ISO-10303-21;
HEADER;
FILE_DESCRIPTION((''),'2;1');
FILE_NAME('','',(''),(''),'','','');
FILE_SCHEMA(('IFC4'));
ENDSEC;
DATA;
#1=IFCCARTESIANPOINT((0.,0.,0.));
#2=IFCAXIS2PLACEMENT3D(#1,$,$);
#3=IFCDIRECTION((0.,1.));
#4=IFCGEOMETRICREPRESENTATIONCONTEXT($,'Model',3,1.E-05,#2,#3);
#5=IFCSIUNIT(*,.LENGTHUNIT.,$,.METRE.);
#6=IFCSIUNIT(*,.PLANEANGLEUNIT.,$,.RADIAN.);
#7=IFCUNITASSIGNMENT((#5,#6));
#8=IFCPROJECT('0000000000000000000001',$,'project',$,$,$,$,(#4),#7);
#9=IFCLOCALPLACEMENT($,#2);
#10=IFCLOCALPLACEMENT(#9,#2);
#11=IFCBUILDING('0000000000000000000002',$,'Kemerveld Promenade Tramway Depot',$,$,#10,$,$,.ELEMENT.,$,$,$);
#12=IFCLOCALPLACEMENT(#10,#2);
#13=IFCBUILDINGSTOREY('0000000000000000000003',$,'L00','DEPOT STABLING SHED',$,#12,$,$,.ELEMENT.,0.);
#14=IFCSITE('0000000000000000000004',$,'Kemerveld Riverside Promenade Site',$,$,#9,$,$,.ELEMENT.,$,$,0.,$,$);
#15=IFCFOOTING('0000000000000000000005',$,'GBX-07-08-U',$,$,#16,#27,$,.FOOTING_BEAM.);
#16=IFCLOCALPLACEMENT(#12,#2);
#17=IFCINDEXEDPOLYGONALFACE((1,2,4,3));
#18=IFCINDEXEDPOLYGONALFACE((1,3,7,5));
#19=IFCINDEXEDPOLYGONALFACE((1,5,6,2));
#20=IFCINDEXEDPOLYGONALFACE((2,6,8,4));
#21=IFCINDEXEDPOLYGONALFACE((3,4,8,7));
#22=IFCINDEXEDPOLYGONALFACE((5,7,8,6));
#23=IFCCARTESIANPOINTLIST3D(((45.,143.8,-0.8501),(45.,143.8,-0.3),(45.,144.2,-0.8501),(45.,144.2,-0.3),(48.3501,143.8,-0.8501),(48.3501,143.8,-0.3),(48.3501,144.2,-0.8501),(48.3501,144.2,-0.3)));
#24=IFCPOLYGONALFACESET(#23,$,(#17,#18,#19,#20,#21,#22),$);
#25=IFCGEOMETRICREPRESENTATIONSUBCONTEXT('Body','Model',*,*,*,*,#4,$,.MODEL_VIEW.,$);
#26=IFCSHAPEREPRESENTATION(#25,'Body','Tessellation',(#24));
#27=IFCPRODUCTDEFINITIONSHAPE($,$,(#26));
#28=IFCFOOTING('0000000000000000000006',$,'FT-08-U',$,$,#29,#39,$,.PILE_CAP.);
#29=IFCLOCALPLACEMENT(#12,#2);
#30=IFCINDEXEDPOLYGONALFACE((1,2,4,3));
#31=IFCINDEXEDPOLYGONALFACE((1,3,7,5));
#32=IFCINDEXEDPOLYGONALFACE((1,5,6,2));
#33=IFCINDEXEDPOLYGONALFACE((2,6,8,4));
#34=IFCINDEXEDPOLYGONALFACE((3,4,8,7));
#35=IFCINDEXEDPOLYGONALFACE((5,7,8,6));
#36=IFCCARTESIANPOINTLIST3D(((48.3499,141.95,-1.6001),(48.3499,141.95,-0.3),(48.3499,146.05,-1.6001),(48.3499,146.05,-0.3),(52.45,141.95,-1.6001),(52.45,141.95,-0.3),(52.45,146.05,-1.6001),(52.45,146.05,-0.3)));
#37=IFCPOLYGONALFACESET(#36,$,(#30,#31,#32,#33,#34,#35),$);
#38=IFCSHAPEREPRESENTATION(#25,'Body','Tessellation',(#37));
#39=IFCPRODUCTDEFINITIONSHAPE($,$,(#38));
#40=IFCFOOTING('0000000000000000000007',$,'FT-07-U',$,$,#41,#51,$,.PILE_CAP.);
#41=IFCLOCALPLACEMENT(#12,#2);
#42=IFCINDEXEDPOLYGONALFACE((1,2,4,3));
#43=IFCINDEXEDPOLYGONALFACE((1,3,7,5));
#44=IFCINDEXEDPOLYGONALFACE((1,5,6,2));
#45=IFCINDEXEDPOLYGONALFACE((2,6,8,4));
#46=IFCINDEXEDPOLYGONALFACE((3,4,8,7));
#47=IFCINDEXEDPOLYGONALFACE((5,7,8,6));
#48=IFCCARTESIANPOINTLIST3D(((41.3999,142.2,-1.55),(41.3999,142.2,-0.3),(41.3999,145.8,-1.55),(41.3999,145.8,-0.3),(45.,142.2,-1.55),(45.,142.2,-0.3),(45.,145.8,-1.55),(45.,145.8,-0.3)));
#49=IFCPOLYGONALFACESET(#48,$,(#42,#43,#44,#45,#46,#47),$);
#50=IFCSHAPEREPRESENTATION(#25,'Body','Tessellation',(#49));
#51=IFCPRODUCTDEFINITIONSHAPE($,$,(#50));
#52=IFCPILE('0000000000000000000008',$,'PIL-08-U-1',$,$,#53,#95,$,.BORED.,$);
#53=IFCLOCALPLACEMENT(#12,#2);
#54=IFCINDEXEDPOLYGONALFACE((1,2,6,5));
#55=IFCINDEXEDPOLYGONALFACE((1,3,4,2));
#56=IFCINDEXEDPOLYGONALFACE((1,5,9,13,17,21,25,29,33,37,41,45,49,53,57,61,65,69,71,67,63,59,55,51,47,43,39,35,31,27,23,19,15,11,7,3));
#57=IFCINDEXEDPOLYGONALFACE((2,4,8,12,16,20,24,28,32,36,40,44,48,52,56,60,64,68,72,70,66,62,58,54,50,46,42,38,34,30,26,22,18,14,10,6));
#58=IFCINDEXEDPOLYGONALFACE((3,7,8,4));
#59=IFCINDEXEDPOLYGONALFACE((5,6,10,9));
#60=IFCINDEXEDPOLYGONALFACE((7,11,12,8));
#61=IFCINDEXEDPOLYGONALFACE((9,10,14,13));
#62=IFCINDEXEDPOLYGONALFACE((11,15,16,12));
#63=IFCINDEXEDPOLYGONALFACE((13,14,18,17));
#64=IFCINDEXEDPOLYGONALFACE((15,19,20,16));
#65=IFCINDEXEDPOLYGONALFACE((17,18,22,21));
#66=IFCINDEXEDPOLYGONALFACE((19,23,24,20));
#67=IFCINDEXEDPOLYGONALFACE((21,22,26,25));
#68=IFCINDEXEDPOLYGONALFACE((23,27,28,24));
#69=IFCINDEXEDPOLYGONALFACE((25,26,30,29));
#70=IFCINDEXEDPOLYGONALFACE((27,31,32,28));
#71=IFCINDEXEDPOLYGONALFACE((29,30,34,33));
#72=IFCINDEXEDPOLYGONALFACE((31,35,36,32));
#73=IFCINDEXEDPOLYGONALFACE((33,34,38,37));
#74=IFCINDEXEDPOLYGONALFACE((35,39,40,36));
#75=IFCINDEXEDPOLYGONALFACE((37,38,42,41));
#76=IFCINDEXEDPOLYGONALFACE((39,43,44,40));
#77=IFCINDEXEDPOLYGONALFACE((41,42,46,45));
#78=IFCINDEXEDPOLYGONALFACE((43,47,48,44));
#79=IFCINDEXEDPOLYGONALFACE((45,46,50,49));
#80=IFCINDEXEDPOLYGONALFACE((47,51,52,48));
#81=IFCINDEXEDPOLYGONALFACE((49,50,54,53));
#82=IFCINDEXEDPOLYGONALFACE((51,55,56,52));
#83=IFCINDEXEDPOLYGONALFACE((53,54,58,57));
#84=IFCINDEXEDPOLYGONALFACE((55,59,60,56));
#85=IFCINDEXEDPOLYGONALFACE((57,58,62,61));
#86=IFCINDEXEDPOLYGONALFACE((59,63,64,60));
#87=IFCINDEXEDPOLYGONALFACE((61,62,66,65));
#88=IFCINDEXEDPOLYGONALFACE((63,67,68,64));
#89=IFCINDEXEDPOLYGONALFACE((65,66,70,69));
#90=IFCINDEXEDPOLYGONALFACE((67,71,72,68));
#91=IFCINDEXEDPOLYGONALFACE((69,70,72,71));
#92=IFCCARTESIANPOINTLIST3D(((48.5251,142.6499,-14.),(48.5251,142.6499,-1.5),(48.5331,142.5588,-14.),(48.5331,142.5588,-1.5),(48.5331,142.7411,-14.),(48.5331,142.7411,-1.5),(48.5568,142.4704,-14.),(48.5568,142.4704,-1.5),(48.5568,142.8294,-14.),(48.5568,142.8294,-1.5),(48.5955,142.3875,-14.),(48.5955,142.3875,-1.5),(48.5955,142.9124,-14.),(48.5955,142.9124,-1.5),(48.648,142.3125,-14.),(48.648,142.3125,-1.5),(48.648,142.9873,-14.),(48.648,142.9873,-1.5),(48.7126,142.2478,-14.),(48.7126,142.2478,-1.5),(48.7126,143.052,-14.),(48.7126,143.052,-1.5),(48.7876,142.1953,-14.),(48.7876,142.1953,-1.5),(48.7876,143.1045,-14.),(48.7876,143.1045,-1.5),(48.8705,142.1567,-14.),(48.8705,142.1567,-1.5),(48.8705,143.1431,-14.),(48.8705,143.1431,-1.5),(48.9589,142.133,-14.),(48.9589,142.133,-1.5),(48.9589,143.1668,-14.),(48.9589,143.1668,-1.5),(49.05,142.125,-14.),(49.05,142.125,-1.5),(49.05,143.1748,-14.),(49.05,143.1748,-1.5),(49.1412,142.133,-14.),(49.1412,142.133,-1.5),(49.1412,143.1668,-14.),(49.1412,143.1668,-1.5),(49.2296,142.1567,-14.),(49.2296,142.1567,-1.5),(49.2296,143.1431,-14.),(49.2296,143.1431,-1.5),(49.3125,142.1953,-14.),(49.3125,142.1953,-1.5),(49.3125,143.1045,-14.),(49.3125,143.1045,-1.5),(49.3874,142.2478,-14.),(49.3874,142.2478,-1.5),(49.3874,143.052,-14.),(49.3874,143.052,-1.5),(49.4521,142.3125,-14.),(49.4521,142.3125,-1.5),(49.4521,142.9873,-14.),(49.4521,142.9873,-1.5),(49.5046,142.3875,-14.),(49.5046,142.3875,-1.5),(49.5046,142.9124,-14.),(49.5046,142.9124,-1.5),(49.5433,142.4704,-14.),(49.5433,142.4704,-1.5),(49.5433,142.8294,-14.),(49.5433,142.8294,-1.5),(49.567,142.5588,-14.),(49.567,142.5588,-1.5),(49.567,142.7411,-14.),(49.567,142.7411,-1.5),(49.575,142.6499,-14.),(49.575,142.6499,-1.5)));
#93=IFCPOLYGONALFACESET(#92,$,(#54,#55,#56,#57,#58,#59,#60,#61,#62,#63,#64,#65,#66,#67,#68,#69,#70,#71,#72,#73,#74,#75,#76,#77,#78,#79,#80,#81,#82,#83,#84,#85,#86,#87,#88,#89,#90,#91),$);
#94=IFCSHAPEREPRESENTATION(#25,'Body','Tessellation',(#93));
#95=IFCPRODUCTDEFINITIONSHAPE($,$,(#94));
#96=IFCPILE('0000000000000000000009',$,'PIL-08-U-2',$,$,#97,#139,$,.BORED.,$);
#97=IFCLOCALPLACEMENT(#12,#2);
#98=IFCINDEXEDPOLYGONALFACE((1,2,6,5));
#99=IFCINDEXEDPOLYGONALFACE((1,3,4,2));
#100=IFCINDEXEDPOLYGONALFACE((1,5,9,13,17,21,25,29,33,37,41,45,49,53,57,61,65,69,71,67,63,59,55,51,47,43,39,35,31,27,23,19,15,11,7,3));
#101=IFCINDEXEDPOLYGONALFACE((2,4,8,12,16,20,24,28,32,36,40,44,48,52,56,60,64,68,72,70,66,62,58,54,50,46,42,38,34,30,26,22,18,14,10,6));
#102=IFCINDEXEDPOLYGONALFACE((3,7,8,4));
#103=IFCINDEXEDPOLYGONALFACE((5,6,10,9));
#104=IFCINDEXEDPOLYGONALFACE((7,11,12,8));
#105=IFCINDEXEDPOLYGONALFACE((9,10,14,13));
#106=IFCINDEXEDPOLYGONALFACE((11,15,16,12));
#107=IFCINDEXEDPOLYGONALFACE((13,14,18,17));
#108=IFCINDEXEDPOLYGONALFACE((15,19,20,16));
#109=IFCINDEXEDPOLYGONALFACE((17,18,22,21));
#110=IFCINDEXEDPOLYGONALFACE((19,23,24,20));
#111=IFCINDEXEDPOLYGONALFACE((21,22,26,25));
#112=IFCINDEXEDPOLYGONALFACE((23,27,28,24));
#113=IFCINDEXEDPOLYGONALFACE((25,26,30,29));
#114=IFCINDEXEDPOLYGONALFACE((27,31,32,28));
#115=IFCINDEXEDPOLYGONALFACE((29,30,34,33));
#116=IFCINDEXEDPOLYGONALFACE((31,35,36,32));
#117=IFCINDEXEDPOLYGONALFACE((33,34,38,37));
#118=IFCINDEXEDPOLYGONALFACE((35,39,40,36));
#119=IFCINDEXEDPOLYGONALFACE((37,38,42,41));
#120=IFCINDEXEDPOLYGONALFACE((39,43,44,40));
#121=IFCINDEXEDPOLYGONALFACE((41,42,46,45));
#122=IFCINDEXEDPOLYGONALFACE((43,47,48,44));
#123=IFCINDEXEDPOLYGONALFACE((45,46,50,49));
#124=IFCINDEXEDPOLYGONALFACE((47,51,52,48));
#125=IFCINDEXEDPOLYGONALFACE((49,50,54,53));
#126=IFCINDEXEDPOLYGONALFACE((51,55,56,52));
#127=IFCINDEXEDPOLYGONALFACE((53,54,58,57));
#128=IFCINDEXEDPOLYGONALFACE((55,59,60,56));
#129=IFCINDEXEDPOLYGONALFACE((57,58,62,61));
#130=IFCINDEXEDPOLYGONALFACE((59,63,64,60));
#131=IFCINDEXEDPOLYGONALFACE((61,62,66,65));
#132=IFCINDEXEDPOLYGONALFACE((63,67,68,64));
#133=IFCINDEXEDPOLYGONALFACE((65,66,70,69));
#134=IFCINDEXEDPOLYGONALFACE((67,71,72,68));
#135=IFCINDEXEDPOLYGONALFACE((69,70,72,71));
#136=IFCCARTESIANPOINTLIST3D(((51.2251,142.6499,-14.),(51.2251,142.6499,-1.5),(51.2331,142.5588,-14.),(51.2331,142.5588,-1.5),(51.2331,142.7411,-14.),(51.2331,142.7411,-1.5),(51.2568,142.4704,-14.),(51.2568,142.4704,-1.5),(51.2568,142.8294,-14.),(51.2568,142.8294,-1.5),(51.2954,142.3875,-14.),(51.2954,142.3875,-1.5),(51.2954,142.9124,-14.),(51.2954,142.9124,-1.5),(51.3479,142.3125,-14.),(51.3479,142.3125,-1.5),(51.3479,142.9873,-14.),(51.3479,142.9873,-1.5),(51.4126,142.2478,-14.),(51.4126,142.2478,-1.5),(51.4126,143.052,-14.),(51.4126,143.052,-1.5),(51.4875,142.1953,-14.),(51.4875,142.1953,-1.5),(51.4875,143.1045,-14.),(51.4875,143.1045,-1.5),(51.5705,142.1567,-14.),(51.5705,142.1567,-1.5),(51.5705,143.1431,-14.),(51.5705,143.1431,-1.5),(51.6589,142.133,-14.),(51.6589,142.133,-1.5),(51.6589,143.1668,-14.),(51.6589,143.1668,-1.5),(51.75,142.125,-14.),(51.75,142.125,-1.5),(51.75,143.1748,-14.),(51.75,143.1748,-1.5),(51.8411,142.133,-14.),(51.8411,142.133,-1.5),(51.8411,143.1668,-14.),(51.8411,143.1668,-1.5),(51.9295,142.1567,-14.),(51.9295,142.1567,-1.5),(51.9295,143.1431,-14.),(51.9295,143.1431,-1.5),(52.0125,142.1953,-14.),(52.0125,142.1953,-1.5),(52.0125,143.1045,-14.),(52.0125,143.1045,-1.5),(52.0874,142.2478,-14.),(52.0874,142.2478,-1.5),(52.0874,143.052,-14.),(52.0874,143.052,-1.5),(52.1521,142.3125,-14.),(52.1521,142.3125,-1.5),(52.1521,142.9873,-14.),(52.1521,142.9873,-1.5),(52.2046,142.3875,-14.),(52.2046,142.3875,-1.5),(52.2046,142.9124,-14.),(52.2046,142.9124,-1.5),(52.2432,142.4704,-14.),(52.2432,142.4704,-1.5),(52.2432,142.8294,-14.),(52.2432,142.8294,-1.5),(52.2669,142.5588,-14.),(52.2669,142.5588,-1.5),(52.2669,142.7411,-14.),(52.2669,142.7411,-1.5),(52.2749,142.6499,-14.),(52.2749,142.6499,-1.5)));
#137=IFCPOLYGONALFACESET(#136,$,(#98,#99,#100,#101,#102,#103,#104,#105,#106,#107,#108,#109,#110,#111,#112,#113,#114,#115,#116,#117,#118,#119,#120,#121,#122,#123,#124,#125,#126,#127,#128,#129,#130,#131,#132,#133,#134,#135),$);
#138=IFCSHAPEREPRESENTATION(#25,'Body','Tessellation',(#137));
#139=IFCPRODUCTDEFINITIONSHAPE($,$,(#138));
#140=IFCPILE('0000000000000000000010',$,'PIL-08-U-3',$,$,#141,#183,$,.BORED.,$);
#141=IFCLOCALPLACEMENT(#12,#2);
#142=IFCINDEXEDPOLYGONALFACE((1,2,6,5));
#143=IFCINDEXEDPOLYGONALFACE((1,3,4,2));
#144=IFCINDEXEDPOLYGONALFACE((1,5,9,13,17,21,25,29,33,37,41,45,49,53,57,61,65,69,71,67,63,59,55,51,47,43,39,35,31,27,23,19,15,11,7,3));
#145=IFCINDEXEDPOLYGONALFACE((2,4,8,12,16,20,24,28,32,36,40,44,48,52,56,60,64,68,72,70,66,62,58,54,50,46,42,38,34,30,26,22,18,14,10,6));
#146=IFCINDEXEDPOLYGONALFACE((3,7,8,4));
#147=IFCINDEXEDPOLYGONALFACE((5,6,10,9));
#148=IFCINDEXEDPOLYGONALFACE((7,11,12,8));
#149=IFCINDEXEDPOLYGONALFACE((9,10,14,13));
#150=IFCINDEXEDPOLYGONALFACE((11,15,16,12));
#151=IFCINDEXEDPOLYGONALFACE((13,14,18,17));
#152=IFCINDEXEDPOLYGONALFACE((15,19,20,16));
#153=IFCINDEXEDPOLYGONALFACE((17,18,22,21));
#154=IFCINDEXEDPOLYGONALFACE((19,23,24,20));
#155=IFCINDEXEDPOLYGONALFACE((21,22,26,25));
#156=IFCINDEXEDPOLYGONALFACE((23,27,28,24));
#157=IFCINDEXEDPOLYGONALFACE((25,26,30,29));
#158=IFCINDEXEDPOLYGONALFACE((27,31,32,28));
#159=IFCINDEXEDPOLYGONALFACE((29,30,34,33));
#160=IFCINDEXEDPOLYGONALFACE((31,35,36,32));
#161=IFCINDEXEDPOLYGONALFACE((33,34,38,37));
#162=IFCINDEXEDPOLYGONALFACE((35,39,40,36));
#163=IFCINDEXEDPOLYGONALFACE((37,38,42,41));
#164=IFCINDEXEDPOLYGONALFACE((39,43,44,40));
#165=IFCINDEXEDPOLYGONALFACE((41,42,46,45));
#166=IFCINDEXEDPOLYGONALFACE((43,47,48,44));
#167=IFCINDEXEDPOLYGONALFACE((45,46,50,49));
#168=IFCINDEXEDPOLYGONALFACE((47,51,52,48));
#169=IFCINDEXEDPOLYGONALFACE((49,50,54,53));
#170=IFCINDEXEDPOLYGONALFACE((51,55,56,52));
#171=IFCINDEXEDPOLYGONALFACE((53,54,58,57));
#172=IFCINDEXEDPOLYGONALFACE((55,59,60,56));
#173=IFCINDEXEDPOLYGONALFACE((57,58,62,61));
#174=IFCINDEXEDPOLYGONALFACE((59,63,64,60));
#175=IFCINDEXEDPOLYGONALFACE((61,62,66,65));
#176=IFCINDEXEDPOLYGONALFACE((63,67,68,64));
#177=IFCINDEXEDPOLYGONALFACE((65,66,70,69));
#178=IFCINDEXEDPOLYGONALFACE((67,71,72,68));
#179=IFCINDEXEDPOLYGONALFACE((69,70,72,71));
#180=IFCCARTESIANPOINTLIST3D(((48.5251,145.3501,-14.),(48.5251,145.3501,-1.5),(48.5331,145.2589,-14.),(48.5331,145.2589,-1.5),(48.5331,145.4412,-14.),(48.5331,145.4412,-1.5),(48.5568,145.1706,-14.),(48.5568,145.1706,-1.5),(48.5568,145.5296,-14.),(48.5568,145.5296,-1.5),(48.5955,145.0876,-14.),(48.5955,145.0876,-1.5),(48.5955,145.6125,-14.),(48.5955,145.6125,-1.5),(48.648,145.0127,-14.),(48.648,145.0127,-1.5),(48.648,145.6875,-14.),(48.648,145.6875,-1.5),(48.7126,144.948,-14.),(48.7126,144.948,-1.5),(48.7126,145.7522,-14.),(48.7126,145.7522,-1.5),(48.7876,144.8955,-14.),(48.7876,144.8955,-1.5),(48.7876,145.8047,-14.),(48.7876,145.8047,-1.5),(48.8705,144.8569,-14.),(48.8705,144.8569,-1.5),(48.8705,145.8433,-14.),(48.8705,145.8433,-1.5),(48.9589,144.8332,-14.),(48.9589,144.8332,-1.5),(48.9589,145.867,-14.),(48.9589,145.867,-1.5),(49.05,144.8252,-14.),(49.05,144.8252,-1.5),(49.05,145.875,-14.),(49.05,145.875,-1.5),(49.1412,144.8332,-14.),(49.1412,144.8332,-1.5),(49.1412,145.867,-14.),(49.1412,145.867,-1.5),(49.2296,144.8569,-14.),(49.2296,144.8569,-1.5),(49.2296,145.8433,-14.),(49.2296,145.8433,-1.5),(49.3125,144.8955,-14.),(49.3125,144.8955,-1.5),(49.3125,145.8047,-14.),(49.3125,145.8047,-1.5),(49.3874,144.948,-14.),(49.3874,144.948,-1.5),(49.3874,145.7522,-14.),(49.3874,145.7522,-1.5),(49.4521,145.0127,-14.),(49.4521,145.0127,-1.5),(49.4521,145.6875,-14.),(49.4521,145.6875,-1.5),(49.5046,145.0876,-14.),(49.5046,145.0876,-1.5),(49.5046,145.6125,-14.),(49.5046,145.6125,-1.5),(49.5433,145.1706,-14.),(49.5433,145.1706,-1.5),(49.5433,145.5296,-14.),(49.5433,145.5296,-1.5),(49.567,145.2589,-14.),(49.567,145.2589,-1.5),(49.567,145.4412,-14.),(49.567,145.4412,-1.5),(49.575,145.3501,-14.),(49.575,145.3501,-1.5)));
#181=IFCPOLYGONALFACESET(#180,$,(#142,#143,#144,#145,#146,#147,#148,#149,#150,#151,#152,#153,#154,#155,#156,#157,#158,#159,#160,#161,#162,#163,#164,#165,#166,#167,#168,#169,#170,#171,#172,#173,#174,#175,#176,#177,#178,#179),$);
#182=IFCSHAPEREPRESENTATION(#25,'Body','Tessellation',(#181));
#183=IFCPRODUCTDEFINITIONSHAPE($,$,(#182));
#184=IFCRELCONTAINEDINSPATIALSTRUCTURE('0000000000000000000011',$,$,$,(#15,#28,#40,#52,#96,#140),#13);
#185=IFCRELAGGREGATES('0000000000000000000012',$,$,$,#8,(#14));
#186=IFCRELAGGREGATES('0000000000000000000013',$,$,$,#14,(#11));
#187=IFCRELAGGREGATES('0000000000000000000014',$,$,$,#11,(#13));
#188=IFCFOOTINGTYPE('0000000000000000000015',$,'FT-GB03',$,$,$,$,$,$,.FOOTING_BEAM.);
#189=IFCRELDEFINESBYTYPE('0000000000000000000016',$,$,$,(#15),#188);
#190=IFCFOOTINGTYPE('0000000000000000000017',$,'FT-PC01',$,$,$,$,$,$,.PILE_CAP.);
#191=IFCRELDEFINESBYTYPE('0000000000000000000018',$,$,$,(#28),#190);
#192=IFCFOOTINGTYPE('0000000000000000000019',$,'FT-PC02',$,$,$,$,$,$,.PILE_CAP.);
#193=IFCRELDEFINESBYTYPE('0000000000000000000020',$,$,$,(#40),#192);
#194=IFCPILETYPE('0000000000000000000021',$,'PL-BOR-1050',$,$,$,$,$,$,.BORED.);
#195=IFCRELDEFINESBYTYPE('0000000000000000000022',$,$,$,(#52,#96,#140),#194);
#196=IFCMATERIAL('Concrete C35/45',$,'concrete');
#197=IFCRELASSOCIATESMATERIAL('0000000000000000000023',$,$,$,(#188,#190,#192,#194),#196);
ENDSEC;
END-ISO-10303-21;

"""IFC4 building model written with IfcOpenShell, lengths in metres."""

from ifc_helpers import new_model, si_unit, direction, frame, origin, origin_2d, place, context, subcontext, project, spatial, rectangle, circle, extrude, material, material_profile, profile_set, type_object, element, save


model = new_model("IFC4")

# Units and contexts
model_context = context("Model", 3, precision=1e-05, world=origin(), true_north=direction((0.0, 1.0)))
body_context = subcontext(model_context, "Body", "Model", "MODEL_VIEW")
ifc_project = project(units=[si_unit("LENGTHUNIT", "METRE"), si_unit("PLANEANGLEUNIT", "RADIAN")], contexts=[model_context])

# Site, building, storey
site_placement = place(None, origin())
site = spatial("IfcSite", under=ifc_project, at=site_placement, Name="Kemerveld Riverside Promenade Site", CompositionType="ELEMENT", RefElevation=0.0)
building_placement = place(site_placement, origin())
building = spatial("IfcBuilding", under=site, at=building_placement, Name="Kemerveld Promenade Tramway Depot", CompositionType="ELEMENT")
storey_placement = place(building_placement, origin())
storey = spatial("IfcBuildingStorey", under=building, at=storey_placement, Name="L00", Description="DEPOT STABLING SHED", CompositionType="ELEMENT", Elevation=0.0)

# Footings
ifc_material_1 = material(Name="Concrete C35/45", Category="concrete")
footing_type_1 = type_object("IfcFootingType", Name="FT-GB03", PredefinedType="FOOTING_BEAM", material=ifc_material_1)
footing_1_placement = place(storey_placement, frame((46.675, 144.0, -0.8501), z_axis=(0.0, 0.0, 1.0), x_axis=(1.0, 0.0, 0.0)))
element("IfcFooting", 1, at=footing_1_placement, inside=storey, type_object=footing_type_1, Name="GBX-07-08-U", PredefinedType="FOOTING_BEAM", context=body_context, shape_type="SweptSolid", body=[
    extrude(rectangle(XDim=3.3501, YDim=0.3999, at=origin_2d()), origin(), (0.0, 0.0, 1.0), 0.55),
])
footing_type_2 = type_object("IfcFootingType", Name="FT-PC01", PredefinedType="PILE_CAP", material=ifc_material_1)
footing_2_placement = place(storey_placement, frame((50.3999, 144.0, -1.6001), z_axis=(0.0, 0.0, 1.0), x_axis=(1.0, 0.0, 0.0)))
element("IfcFooting", 2, at=footing_2_placement, inside=storey, type_object=footing_type_2, Name="FT-08-U", PredefinedType="PILE_CAP", context=body_context, shape_type="SweptSolid", body=[
    extrude(rectangle(XDim=4.1001, YDim=4.1001, at=origin_2d()), origin(), (0.0, 0.0, 1.0), 1.3),
])
footing_type_3 = type_object("IfcFootingType", Name="FT-PC02", PredefinedType="PILE_CAP", material=ifc_material_1)
footing_3_placement = place(storey_placement, frame((43.2, 144.0, -1.55), z_axis=(0.0, 0.0, 1.0), x_axis=(1.0, 0.0, 0.0)))
element("IfcFooting", 3, at=footing_3_placement, inside=storey, type_object=footing_type_3, Name="FT-07-U", PredefinedType="PILE_CAP", context=body_context, shape_type="SweptSolid", body=[
    extrude(rectangle(XDim=3.6001, YDim=3.6001, at=origin_2d()), origin(), (0.0, 0.0, 1.0), 1.25),
])

# Piles
ifc_material_profile_1 = material_profile(ifc_material_1, circle(Radius=0.5249, at=origin_2d()), Name="PILE-D1050")
ifc_profile_set_1 = profile_set([ifc_material_profile_1], Name="Concrete C35/45")
pile_type_1 = type_object("IfcPileType", Name="PL-BOR-1050", PredefinedType="BORED", material=ifc_profile_set_1)
for number, where, z_axis, x_axis, name in (
    (4, (49.05, 142.6499, -1.5), (0.0, 0.0, -1.0), (1.0, 0.0, 0.0), "PIL-08-U-1"),
    (5, (51.75, 142.6499, -1.5), (0.0, 0.0, -1.0), (1.0, 0.0, 0.0), "PIL-08-U-2"),
    (6, (49.05, 145.3501, -1.5), (0.0, 0.0, -1.0), (1.0, 0.0, 0.0), "PIL-08-U-3"),
):
    element("IfcPile", number, at=place(storey_placement, frame(where, z_axis=z_axis, x_axis=x_axis)), inside=storey, type_object=pile_type_1, Name=name, PredefinedType="BORED", context=body_context, shape_type="SweptSolid", body=[
        extrude(circle(Radius=0.5249, at=origin_2d()), origin(), (0.0, 0.0, 1.0), 12.5),
    ])

save(model, "model.ifc")
